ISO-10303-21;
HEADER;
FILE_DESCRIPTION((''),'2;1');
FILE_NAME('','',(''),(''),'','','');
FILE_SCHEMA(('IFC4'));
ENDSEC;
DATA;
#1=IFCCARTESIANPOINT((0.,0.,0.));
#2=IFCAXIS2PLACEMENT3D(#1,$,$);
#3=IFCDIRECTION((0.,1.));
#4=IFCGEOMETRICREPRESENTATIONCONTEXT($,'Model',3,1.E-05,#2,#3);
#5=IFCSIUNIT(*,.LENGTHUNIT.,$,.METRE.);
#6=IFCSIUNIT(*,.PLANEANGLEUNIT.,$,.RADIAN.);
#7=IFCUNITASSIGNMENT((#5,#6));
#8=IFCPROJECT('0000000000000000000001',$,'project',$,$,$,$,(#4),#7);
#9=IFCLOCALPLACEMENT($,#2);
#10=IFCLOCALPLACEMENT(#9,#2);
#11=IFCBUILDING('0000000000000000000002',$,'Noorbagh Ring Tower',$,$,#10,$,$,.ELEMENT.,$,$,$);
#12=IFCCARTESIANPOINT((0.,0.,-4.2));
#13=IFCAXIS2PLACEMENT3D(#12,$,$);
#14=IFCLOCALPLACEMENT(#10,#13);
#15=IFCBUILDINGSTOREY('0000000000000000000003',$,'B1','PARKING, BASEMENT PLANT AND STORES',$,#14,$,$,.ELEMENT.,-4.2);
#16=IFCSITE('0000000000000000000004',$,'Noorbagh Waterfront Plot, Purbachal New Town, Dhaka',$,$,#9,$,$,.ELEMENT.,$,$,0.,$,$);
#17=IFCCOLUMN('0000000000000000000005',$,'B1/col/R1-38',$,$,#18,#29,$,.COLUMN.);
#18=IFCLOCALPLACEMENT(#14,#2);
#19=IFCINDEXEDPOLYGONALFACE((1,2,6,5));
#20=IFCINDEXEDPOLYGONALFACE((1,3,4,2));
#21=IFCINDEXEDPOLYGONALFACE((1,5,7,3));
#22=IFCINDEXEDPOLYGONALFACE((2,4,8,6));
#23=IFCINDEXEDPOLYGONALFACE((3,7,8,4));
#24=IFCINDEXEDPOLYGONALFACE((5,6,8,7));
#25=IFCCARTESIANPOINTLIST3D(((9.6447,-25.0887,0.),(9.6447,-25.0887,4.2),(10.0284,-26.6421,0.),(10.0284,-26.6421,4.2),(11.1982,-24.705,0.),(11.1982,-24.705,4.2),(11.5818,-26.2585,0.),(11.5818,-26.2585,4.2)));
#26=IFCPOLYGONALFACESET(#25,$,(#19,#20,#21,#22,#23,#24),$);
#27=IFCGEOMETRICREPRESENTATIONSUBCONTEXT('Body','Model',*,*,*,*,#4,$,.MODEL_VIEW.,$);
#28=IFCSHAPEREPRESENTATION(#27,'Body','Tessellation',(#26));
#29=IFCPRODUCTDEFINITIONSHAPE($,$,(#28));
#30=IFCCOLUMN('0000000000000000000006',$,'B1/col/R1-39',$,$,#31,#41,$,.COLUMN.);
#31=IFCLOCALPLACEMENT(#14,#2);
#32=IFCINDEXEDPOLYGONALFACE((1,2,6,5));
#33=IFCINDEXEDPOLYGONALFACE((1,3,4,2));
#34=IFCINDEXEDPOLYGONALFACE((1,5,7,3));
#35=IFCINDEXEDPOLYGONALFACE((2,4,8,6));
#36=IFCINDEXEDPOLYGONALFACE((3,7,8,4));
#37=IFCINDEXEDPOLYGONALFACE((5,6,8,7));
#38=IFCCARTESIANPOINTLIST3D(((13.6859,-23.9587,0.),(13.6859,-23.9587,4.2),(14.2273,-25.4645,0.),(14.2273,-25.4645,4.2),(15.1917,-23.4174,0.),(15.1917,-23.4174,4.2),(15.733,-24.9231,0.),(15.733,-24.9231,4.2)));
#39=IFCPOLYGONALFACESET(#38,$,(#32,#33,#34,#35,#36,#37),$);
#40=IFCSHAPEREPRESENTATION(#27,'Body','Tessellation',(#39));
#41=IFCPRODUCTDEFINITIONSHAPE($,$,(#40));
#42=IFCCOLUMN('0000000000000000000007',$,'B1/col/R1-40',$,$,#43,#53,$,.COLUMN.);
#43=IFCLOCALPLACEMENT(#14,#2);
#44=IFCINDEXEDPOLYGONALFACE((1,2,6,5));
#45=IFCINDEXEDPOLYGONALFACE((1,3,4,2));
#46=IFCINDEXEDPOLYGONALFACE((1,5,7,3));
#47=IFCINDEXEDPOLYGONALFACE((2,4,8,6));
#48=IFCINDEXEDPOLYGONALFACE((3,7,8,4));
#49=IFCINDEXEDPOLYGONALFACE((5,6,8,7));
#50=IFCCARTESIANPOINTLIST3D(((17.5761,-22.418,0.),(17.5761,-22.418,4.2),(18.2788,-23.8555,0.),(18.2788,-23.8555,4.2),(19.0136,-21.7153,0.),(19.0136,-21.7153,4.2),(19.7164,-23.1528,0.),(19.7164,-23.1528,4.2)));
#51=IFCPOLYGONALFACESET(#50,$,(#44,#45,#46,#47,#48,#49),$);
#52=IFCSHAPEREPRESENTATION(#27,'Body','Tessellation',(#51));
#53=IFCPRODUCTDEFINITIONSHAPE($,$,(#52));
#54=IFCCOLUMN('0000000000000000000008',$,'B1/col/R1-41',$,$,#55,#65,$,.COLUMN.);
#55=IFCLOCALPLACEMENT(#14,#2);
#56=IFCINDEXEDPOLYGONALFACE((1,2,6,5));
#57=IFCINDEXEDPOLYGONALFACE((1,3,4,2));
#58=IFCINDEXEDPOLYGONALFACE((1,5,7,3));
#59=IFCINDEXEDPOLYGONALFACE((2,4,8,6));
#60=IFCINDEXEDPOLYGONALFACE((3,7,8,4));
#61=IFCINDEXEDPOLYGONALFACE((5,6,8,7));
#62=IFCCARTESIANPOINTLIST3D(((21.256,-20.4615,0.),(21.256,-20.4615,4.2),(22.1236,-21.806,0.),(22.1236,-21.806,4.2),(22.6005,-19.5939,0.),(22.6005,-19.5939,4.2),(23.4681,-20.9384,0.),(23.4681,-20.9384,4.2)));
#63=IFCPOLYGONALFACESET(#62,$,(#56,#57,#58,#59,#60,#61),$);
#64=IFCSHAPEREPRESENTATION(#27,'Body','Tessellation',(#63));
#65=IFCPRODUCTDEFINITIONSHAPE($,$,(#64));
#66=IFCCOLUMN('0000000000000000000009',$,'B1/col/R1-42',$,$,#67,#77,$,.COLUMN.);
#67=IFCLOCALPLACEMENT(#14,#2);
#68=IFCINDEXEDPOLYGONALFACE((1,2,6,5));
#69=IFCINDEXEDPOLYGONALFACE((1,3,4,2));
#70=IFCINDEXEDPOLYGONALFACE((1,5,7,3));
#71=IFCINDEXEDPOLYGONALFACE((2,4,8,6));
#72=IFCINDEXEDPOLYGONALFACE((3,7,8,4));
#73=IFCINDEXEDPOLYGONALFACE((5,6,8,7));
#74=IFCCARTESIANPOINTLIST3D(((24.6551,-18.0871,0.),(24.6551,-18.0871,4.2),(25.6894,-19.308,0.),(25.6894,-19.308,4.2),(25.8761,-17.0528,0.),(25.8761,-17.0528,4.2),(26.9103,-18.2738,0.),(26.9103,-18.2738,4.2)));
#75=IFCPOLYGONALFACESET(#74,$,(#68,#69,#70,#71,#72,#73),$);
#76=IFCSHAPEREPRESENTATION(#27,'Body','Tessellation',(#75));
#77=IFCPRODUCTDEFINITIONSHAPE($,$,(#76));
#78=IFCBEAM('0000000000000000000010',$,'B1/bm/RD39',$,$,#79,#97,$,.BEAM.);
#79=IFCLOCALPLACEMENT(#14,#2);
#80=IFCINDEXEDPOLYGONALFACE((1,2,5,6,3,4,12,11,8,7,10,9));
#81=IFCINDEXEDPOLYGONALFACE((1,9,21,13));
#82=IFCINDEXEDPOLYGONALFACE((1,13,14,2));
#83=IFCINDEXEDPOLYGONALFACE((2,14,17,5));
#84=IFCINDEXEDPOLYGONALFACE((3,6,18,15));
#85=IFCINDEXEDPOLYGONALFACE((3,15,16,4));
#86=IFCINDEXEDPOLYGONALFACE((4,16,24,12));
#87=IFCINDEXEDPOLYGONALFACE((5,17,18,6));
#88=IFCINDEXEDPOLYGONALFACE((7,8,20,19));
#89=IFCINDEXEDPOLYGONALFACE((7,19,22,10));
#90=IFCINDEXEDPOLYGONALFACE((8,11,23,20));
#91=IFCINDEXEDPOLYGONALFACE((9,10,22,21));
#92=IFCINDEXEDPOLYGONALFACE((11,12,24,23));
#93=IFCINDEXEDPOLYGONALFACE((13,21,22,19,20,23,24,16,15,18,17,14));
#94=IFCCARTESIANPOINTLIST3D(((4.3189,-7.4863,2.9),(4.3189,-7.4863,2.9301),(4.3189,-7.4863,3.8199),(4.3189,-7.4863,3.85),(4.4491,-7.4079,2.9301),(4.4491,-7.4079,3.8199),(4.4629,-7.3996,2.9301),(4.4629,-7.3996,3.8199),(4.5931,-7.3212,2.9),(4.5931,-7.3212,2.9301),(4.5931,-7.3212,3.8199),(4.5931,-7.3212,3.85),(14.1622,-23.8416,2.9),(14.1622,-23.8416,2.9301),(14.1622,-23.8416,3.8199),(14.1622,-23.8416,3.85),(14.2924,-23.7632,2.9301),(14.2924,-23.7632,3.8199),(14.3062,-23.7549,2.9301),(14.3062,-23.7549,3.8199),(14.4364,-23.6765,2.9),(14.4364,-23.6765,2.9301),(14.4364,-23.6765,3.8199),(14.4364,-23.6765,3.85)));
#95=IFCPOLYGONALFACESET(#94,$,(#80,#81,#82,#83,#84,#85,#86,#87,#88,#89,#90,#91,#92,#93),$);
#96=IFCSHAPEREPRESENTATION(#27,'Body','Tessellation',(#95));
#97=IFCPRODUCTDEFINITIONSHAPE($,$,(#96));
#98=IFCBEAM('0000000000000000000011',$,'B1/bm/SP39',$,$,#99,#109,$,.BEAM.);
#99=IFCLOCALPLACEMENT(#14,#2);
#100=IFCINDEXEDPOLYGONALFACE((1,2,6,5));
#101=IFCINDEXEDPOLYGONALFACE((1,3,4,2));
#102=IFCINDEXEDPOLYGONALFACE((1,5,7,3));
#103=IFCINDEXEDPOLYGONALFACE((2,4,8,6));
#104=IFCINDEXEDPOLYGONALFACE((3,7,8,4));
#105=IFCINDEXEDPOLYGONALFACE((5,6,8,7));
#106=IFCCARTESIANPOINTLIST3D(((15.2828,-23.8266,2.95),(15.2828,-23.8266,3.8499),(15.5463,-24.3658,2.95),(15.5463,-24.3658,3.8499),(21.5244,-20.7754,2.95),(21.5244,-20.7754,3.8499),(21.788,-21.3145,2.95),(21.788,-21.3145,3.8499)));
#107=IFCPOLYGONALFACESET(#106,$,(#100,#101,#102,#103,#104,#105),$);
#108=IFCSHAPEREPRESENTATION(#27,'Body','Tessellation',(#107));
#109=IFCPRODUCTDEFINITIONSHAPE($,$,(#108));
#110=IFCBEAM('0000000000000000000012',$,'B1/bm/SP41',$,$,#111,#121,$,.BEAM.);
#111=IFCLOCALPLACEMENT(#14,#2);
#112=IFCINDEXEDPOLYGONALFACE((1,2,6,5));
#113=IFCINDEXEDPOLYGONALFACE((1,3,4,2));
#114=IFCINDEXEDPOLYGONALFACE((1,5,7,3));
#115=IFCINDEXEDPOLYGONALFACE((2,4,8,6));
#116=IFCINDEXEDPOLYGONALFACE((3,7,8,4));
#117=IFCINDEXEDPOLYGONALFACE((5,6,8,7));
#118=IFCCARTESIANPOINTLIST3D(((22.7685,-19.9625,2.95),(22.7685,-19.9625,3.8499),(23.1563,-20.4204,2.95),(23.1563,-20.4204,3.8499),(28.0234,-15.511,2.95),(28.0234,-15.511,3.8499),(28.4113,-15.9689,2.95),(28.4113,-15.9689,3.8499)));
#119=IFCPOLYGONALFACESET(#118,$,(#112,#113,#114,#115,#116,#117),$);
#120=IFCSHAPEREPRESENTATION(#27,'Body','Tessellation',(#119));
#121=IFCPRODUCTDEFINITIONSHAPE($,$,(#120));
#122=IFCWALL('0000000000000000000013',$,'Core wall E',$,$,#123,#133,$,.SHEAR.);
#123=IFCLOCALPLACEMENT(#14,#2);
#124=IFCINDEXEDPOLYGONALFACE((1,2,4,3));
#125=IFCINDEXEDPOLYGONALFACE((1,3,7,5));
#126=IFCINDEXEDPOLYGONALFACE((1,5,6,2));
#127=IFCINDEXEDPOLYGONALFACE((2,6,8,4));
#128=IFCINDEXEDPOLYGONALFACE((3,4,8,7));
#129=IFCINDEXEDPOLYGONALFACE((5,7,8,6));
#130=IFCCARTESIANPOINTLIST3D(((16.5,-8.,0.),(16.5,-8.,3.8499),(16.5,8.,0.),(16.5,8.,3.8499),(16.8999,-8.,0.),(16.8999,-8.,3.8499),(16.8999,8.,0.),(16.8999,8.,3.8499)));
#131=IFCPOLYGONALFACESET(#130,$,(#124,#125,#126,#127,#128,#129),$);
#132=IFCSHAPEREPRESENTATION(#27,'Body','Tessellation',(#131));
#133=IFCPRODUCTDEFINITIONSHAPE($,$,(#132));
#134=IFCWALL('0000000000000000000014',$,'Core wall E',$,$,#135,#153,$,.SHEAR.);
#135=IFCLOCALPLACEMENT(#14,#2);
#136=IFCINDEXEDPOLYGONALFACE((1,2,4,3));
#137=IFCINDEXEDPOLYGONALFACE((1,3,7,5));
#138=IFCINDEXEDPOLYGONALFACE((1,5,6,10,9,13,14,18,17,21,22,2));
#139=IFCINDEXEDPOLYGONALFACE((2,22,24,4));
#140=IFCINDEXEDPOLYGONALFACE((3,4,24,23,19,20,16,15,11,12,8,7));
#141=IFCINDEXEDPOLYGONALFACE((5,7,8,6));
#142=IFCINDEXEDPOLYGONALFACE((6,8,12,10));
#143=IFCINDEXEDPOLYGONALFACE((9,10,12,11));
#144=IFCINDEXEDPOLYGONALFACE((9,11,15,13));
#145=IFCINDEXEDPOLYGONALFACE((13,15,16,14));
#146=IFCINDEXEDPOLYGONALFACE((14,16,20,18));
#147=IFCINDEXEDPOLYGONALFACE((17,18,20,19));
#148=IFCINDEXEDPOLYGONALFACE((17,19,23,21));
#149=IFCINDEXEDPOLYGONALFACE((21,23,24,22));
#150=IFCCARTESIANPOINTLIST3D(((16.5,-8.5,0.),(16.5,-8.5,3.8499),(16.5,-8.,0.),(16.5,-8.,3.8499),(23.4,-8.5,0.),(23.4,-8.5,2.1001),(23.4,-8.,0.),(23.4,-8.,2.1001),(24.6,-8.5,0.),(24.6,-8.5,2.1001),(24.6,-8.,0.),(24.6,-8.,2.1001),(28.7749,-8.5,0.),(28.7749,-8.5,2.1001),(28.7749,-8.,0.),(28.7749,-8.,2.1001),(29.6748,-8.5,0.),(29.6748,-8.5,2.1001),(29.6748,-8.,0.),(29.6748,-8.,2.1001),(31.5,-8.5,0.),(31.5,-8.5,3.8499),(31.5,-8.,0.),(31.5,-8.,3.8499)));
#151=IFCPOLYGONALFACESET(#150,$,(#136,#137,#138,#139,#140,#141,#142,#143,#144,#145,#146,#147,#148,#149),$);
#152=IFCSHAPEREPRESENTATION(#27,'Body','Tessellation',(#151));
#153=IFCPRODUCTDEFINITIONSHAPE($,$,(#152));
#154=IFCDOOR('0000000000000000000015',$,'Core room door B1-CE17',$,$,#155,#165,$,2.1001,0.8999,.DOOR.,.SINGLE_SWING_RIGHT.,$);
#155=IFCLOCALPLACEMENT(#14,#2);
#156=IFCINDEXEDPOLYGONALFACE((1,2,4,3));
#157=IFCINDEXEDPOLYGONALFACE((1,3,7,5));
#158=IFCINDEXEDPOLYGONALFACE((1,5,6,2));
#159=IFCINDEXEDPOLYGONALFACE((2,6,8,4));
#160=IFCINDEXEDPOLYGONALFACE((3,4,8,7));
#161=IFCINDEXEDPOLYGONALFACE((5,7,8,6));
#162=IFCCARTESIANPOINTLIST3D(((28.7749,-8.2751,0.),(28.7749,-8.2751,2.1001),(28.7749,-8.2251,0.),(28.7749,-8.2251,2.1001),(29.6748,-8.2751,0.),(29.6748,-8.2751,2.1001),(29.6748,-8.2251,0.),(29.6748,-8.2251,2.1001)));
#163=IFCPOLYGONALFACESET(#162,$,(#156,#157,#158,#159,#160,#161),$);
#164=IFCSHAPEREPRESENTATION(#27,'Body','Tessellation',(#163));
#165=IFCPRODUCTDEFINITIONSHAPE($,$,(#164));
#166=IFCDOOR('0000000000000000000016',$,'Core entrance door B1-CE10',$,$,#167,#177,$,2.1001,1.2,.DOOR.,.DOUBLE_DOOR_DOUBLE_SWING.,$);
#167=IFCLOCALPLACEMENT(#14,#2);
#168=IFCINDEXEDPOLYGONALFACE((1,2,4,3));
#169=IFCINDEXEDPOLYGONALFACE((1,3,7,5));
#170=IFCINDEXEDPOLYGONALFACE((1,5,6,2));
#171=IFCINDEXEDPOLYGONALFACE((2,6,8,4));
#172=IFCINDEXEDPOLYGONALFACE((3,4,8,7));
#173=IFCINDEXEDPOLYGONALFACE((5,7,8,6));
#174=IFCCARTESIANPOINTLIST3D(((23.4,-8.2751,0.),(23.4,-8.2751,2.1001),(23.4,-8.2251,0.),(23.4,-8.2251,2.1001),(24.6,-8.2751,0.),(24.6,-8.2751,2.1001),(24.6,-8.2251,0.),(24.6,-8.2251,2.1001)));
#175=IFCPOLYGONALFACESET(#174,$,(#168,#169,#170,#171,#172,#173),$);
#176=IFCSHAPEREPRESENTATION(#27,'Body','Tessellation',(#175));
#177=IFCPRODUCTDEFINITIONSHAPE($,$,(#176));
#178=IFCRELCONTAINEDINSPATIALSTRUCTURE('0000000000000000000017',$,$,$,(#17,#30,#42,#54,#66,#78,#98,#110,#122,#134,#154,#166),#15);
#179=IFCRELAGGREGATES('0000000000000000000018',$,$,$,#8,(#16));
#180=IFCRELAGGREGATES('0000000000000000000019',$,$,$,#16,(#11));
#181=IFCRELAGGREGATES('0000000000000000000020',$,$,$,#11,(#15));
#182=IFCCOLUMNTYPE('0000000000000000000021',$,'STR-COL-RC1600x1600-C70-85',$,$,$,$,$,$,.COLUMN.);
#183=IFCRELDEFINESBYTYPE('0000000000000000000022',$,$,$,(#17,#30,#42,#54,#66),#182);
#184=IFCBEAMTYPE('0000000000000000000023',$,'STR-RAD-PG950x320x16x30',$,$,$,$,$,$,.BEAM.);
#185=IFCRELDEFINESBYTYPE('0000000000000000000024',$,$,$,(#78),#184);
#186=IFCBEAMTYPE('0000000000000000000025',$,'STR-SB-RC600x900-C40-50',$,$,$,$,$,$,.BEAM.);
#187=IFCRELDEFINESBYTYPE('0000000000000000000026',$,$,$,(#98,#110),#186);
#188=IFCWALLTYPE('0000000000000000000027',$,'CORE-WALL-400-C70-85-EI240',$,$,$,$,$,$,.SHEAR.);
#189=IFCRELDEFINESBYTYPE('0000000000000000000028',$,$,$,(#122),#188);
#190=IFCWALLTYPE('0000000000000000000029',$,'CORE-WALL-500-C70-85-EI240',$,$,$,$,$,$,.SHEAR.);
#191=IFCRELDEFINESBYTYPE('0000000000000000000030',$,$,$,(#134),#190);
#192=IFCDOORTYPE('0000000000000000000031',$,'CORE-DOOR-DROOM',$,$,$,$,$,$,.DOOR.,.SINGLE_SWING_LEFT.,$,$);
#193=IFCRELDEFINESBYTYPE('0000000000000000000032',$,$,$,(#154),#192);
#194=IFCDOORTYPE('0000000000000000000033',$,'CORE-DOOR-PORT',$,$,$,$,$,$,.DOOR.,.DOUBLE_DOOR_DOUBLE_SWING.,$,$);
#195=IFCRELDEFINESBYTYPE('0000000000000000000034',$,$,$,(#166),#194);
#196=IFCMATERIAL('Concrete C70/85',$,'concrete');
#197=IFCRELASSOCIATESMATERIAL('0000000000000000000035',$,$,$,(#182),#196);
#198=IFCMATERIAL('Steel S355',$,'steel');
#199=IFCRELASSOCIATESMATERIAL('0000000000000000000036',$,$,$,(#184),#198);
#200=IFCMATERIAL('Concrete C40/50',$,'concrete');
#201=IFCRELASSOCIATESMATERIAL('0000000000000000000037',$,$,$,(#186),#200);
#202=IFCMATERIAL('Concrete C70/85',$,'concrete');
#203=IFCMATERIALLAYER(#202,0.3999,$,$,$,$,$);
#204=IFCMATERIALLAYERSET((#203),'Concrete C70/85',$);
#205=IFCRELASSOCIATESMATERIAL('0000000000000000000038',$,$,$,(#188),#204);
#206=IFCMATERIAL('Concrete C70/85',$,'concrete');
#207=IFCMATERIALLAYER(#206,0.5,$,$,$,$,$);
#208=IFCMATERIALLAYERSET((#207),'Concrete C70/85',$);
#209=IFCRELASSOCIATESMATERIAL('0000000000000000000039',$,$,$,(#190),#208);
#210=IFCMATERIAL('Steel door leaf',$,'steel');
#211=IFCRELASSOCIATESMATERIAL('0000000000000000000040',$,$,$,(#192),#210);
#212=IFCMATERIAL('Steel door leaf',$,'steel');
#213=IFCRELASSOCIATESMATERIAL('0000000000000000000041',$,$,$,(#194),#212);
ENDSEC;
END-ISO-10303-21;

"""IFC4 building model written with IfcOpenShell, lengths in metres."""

from ifc_helpers import new_model, si_unit, direction, frame, frame_2d, origin, origin_2d, place, context, subcontext, project, spatial, rectangle, i_section, extrude, material, layer, layer_set, material_profile, profile_set, type_object, element, fill, save


model = new_model("IFC4")

# Units and contexts
model_context = context("Model", 3, precision=1e-05, world=origin(), true_north=direction((0.0, 1.0)))
body_context = subcontext(model_context, "Body", "Model", "MODEL_VIEW")
ifc_project = project(units=[si_unit("LENGTHUNIT", "METRE"), si_unit("PLANEANGLEUNIT", "RADIAN")], contexts=[model_context])

# Site, building, storey
site_placement = place(None, origin())
site = spatial("IfcSite", under=ifc_project, at=site_placement, Name="Noorbagh Waterfront Plot, Purbachal New Town, Dhaka", CompositionType="ELEMENT", RefElevation=0.0)
building_placement = place(site_placement, origin())
building = spatial("IfcBuilding", under=site, at=building_placement, Name="Noorbagh Ring Tower", CompositionType="ELEMENT")
storey_placement = place(building_placement, frame((0.0, 0.0, -4.2)))
storey = spatial("IfcBuildingStorey", under=building, at=storey_placement, Name="B1", Description="PARKING, BASEMENT PLANT AND STORES", CompositionType="ELEMENT", Elevation=-4.2)

# Columns
ifc_material_1 = material(Name="Concrete C70/85", Category="concrete")
ifc_material_profile_1 = material_profile(ifc_material_1, rectangle(XDim=1.6001, YDim=1.6001, at=origin_2d()), Name="RC1600x1600")
ifc_profile_set_1 = profile_set([ifc_material_profile_1], Name="Concrete C70/85")
column_type = type_object("IfcColumnType", Name="STR-COL-RC1600x1600-C70-85", PredefinedType="COLUMN", material=ifc_profile_set_1)
for number, where, z_axis, x_axis, name in (
    (1, (10.6133, -25.6736, 0.0), (0.0, 0.0, 1.0), (0.970829, 0.239771, 0.0), "B1/col/R1-38"),
    (2, (14.7095, -24.4409, 0.0), (0.0, 0.0, 1.0), (0.941025, 0.338338, 0.0), "B1/col/R1-39"),
    (3, (18.6462, -22.7854, 0.0), (0.0, 0.0, 1.0), (0.898399, 0.43918, 0.0), "B1/col/R1-40"),
    (4, (22.3621, -20.7, 0.0), (0.0, 0.0, 1.0), (0.840248, 0.542203, 0.0), "B1/col/R1-41"),
    (5, (25.7827, -18.1804, 0.0), (0.0, 0.0, 1.0), (0.763035, 0.646357, 0.0), "B1/col/R1-42"),
):
    element("IfcColumn", number, at=place(storey_placement, frame(where, z_axis=z_axis, x_axis=x_axis)), inside=storey, type_object=column_type, Name=name, PredefinedType="COLUMN", context=body_context, shape_type="SweptSolid", body=[
        extrude(rectangle(XDim=1.6001, YDim=1.6001, at=origin_2d()), origin(), (0.0, 0.0, 1.0), 4.2),
    ])

# Beams
ifc_material_2 = material(Name="Steel S355", Category="steel")
ifc_material_profile_2 = material_profile(ifc_material_2, i_section(OverallWidth=0.3201, OverallDepth=0.95, WebThickness=0.0161, FlangeThickness=0.03, at=origin_2d()), Name="PG950x320x16x30")
ifc_profile_set_2 = profile_set([ifc_material_profile_2], Name="Steel S355")
beam_type_1 = type_object("IfcBeamType", Name="STR-RAD-PG950x320x16x30", PredefinedType="BEAM", material=ifc_profile_set_2)
beam_1_placement = place(storey_placement, frame((14.2993, -23.759, 3.375), z_axis=(-0.515656, 0.856796, 0.0), x_axis=(-0.856796, -0.515656, 0.0)))
element("IfcBeam", 6, at=beam_1_placement, inside=storey, type_object=beam_type_1, Name="B1/bm/RD39", PredefinedType="BEAM", context=body_context, shape_type="SweptSolid", body=[
    extrude(i_section(OverallWidth=0.3201, OverallDepth=0.95, WebThickness=0.0161, FlangeThickness=0.03, at=origin_2d()), origin(), (0.0, 0.0, 1.0), 19.0889),
])
ifc_material_3 = material(Name="Concrete C40/50", Category="concrete")
ifc_material_profile_3 = material_profile(ifc_material_3, rectangle(XDim=0.6001, YDim=0.8999, at=origin_2d()), Name="RC600x900")
ifc_profile_set_3 = profile_set([ifc_material_profile_3], Name="Concrete C40/50")
beam_type_2 = type_object("IfcBeamType", Name="STR-SB-RC600x900-C40-50", PredefinedType="BEAM", material=ifc_profile_set_3)
beam_2_placement = place(storey_placement, frame((15.4146, -24.0962, 3.3999), z_axis=(0.898397, 0.439184, 0.0), x_axis=(-0.439184, 0.898397, 0.0)))
element("IfcBeam", 7, at=beam_2_placement, inside=storey, type_object=beam_type_2, Name="B1/bm/SP39", PredefinedType="BEAM", context=body_context, shape_type="SweptSolid", body=[
    extrude(rectangle(XDim=0.6001, YDim=0.8999, at=origin_2d()), origin(), (0.0, 0.0, 1.0), 6.9475),
])
beam_3_placement = place(storey_placement, frame((22.9624, -20.1914, 3.3999), z_axis=(0.76303, 0.646363, 0.0), x_axis=(-0.646363, 0.76303, 0.0)))
element("IfcBeam", 8, at=beam_3_placement, inside=storey, type_object=beam_type_2, Name="B1/bm/SP41", PredefinedType="BEAM", context=body_context, shape_type="SweptSolid", body=[
    extrude(rectangle(XDim=0.6001, YDim=0.8999, at=origin_2d()), origin(), (0.0, 0.0, 1.0), 6.887),
])

# Wall
ifc_material_4 = material(Name="Concrete C70/85", Category="concrete")
ifc_layer_1 = layer(ifc_material_4, 0.3999)
ifc_layer_set_1 = layer_set([ifc_layer_1], Name="Concrete C70/85")
wall_type_1 = type_object("IfcWallType", Name="CORE-WALL-400-C70-85-EI240", PredefinedType="SHEAR", material=ifc_layer_set_1)
wall_1_placement = place(storey_placement, frame((16.7, -8.0, 0.0), z_axis=(0.0, 0.0, 1.0), x_axis=(0.0, 1.0, 0.0)))
element("IfcWall", 9, at=wall_1_placement, inside=storey, type_object=wall_type_1, Name="Core wall E", PredefinedType="SHEAR", context=body_context, shape_type="SweptSolid", body=[
    extrude(rectangle(XDim=16.0, YDim=0.3999, at=frame_2d((8.0, 0.0))), origin(), (0.0, 0.0, 1.0), 3.8499),
])

# Wall, openings, doors
ifc_material_5 = material(Name="Concrete C70/85", Category="concrete")
ifc_layer_2 = layer(ifc_material_5, 0.5)
ifc_layer_set_2 = layer_set([ifc_layer_2], Name="Concrete C70/85")
wall_type_2 = type_object("IfcWallType", Name="CORE-WALL-500-C70-85-EI240", PredefinedType="SHEAR", material=ifc_layer_set_2)
wall_2_placement = place(storey_placement, frame((16.5, -8.25, 0.0), z_axis=(0.0, 0.0, 1.0), x_axis=(1.0, 0.0, 0.0)))
wall_2 = element("IfcWall", 10, at=wall_2_placement, inside=storey, type_object=wall_type_2, Name="Core wall E", PredefinedType="SHEAR", context=body_context, shape_type="SweptSolid", body=[
    extrude(rectangle(XDim=15.0, YDim=0.5, at=frame_2d((7.5, 0.0))), origin(), (0.0, 0.0, 1.0), 3.8499),
])
opening_1_placement = place(wall_2_placement, frame((6.8999, 0.0, 0.0)))
opening_1 = element("IfcOpeningElement", 11, at=opening_1_placement, cuts=wall_2, PredefinedType="OPENING", context=body_context, shape_type="SweptSolid", body=[
    extrude(rectangle(XDim=1.2, YDim=2.1001, at=frame_2d((0.6001, 1.05))), frame((0.0, 0.26, 0.0), z_axis=(0.0, -1.0, 0.0), x_axis=(1.0, 0.0, 0.0)), (0.0, 0.0, 1.0), 0.52),
])
opening_2_placement = place(wall_2_placement, frame((12.2749, 0.0, 0.0)))
opening_2 = element("IfcOpeningElement", 12, at=opening_2_placement, cuts=wall_2, PredefinedType="OPENING", context=body_context, shape_type="SweptSolid", body=[
    extrude(rectangle(XDim=0.8999, YDim=2.1001, at=frame_2d((0.45, 1.05))), frame((0.0, 0.26, 0.0), z_axis=(0.0, -1.0, 0.0), x_axis=(1.0, 0.0, 0.0)), (0.0, 0.0, 1.0), 0.52),
])
ifc_material_6 = material(Name="Steel door leaf", Category="steel")
door_type_1 = type_object("IfcDoorType", Name="CORE-DOOR-DROOM", OperationType="SINGLE_SWING_LEFT", PredefinedType="DOOR", material=ifc_material_6)
door_1_placement = place(opening_2_placement, origin())
door_1 = element("IfcDoor", 13, at=door_1_placement, inside=storey, type_object=door_type_1, Name="Core room door B1-CE17", OperationType="SINGLE_SWING_RIGHT", OverallHeight=2.1001, OverallWidth=0.8999, PredefinedType="DOOR", context=body_context, shape_type="SweptSolid", body=[
    extrude(rectangle(XDim=0.8999, YDim=2.1001, at=frame_2d((0.45, 1.05))), frame((0.0, 0.0249, 0.0), z_axis=(0.0, -1.0, 0.0), x_axis=(1.0, 0.0, 0.0)), (0.0, 0.0, 1.0), 0.05),
])
fill(opening_2, door_1)
ifc_material_7 = material(Name="Steel door leaf", Category="steel")
door_type_2 = type_object("IfcDoorType", Name="CORE-DOOR-PORT", OperationType="DOUBLE_DOOR_DOUBLE_SWING", PredefinedType="DOOR", material=ifc_material_7)
door_2_placement = place(opening_1_placement, origin())
door_2 = element("IfcDoor", 14, at=door_2_placement, inside=storey, type_object=door_type_2, Name="Core entrance door B1-CE10", OperationType="DOUBLE_DOOR_DOUBLE_SWING", OverallHeight=2.1001, OverallWidth=1.2, PredefinedType="DOOR", context=body_context, shape_type="SweptSolid", body=[
    extrude(rectangle(XDim=1.2, YDim=2.1001, at=frame_2d((0.6001, 1.05))), frame((0.0, 0.0249, 0.0), z_axis=(0.0, -1.0, 0.0), x_axis=(1.0, 0.0, 0.0)), (0.0, 0.0, 1.0), 0.05),
])
fill(opening_1, door_2)

save(model, "model.ifc")
